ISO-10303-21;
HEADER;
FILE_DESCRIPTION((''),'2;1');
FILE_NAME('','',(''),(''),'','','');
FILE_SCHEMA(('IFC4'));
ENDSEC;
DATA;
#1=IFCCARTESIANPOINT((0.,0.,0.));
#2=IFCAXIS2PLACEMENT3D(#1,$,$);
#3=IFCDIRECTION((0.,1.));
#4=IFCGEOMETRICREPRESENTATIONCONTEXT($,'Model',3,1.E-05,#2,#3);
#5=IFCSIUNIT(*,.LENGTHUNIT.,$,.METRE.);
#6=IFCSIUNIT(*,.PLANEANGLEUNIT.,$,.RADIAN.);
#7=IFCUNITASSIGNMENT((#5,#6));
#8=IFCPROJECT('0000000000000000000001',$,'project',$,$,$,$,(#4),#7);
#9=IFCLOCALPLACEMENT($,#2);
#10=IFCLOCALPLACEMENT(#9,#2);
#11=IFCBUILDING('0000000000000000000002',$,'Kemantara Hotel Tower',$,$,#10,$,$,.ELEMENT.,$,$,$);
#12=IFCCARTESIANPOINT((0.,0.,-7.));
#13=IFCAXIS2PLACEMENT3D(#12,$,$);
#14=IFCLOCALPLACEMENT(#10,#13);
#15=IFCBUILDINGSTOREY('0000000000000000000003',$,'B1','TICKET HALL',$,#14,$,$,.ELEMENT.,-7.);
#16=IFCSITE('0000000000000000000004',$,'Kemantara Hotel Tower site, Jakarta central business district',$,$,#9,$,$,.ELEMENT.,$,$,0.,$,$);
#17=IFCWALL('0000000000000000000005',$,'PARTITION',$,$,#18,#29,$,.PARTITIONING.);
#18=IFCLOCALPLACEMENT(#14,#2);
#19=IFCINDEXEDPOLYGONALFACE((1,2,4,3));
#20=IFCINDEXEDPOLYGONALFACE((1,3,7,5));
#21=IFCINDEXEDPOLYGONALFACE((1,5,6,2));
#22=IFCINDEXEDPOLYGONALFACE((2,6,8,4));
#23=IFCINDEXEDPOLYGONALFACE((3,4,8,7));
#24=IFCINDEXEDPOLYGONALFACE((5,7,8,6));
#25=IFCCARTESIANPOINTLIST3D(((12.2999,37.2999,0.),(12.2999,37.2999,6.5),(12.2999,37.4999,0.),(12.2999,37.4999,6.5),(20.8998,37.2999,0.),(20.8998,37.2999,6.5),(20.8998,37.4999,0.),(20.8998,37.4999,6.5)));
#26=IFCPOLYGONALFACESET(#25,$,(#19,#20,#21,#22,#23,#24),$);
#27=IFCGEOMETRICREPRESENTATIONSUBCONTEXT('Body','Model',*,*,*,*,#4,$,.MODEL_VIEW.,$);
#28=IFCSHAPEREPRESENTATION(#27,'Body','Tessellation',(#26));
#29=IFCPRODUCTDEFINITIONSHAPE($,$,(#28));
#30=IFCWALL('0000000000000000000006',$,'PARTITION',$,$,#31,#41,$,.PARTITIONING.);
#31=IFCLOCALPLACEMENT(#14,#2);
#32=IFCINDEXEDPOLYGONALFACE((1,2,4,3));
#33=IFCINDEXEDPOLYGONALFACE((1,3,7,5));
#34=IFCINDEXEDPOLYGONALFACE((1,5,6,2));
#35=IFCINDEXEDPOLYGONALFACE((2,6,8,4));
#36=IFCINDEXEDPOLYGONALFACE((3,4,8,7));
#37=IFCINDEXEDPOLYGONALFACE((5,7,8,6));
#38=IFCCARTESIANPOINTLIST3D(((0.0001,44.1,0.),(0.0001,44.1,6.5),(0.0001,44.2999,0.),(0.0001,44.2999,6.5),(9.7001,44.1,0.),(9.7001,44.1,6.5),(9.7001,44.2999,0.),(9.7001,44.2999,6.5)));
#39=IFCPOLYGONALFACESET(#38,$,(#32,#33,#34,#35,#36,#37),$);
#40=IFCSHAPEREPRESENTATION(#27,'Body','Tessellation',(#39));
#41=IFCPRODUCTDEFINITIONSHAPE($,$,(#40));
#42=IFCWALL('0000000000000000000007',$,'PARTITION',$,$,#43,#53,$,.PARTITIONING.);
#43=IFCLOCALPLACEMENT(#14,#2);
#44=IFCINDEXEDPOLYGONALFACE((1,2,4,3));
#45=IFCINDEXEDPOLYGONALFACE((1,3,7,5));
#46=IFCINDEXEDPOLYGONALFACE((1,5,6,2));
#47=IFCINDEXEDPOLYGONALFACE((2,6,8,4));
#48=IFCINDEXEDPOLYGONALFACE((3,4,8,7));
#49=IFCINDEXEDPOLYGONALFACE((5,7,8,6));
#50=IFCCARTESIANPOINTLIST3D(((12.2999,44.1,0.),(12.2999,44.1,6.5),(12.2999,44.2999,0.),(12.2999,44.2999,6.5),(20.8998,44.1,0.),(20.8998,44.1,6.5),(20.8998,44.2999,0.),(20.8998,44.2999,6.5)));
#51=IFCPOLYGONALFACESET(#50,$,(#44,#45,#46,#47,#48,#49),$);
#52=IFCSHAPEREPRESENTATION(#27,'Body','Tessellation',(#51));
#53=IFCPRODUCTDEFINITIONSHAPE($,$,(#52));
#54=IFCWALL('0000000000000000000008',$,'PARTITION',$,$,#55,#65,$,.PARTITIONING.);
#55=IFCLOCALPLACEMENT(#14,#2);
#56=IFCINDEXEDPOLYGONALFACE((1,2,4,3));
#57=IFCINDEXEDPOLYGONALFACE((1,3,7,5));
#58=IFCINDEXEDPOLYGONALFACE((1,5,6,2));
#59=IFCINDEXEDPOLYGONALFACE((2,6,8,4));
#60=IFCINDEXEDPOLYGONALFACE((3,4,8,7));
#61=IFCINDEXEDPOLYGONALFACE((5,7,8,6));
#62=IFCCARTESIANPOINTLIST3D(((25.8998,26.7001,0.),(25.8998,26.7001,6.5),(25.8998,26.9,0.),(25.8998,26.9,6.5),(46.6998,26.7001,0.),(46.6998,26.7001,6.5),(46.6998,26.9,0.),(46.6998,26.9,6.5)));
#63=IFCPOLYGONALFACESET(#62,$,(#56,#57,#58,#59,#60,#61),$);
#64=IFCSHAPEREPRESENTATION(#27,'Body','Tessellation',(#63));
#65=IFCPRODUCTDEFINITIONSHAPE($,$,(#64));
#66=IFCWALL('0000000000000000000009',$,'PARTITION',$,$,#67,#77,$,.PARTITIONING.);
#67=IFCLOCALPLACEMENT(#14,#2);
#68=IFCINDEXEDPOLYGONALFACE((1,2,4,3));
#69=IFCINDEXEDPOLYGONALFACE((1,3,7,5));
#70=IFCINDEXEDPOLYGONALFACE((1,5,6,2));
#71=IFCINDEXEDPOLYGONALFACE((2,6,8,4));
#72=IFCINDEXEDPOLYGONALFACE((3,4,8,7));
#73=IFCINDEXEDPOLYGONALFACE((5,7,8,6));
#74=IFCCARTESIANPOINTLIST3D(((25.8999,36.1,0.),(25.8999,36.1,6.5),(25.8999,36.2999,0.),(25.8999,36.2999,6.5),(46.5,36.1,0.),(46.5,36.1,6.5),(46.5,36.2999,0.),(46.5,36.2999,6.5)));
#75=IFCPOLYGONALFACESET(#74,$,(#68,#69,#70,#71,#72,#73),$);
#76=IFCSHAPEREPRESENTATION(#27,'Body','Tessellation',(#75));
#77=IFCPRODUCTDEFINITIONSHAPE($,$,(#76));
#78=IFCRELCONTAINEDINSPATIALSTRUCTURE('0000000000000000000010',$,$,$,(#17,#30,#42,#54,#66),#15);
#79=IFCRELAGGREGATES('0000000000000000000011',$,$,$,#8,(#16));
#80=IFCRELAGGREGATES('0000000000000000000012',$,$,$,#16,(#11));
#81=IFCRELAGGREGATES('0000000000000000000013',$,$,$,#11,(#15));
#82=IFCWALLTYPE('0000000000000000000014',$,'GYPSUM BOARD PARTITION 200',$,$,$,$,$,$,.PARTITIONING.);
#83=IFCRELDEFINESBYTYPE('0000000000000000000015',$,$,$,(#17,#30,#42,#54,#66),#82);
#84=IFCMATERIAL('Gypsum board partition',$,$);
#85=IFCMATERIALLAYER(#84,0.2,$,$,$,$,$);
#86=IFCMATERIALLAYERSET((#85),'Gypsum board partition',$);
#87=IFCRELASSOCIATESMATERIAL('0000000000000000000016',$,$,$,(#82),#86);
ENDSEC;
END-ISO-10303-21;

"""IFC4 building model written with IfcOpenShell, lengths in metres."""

from ifc_helpers import new_model, si_unit, direction, frame, frame_2d, origin, place, context, subcontext, project, spatial, rectangle, extrude, material, layer, layer_set, type_object, element, save


model = new_model("IFC4")

# Units and contexts
model_context = context("Model", 3, precision=1e-05, world=origin(), true_north=direction((0.0, 1.0)))
body_context = subcontext(model_context, "Body", "Model", "MODEL_VIEW")
ifc_project = project(units=[si_unit("LENGTHUNIT", "METRE"), si_unit("PLANEANGLEUNIT", "RADIAN")], contexts=[model_context])

# Site, building, storey
site_placement = place(None, origin())
site = spatial("IfcSite", under=ifc_project, at=site_placement, Name="Kemantara Hotel Tower site, Jakarta central business district", CompositionType="ELEMENT", RefElevation=0.0)
building_placement = place(site_placement, origin())
building = spatial("IfcBuilding", under=site, at=building_placement, Name="Kemantara Hotel Tower", CompositionType="ELEMENT")
storey_placement = place(building_placement, frame((0.0, 0.0, -7.0)))
storey = spatial("IfcBuildingStorey", under=building, at=storey_placement, Name="B1", Description="TICKET HALL", CompositionType="ELEMENT", Elevation=-7.0)

# Walls
ifc_material_1 = material(Name="Gypsum board partition")
ifc_layer = layer(ifc_material_1, 0.2)
ifc_layer_set = layer_set([ifc_layer], Name="Gypsum board partition")
wall_type = type_object("IfcWallType", Name="GYPSUM BOARD PARTITION 200", PredefinedType="PARTITIONING", material=ifc_layer_set)
wall_1_placement = place(storey_placement, frame((12.3, 37.3999, 0.0), z_axis=(0.0, 0.0, 1.0), x_axis=(1.0, 0.0, 0.0)))
element("IfcWall", 1, at=wall_1_placement, inside=storey, type_object=wall_type, Name="PARTITION", PredefinedType="PARTITIONING", context=body_context, shape_type="SweptSolid", body=[
    extrude(rectangle(XDim=8.5999, YDim=0.2, at=frame_2d((4.2998, 0.0))), origin(), (0.0, 0.0, 1.0), 6.5),
])
wall_2_placement = place(storey_placement, frame((0.0, 44.2, 0.0), z_axis=(0.0, 0.0, 1.0), x_axis=(1.0, 0.0, 0.0)))
element("IfcWall", 2, at=wall_2_placement, inside=storey, type_object=wall_type, Name="PARTITION", PredefinedType="PARTITIONING", context=body_context, shape_type="SweptSolid", body=[
    extrude(rectangle(XDim=9.7, YDim=0.2, at=frame_2d((4.8501, 0.0))), origin(), (0.0, 0.0, 1.0), 6.5),
])
wall_3_placement = place(storey_placement, frame((12.3, 44.2, 0.0), z_axis=(0.0, 0.0, 1.0), x_axis=(1.0, 0.0, 0.0)))
element("IfcWall", 3, at=wall_3_placement, inside=storey, type_object=wall_type, Name="PARTITION", PredefinedType="PARTITIONING", context=body_context, shape_type="SweptSolid", body=[
    extrude(rectangle(XDim=8.5999, YDim=0.2, at=frame_2d((4.2998, 0.0))), origin(), (0.0, 0.0, 1.0), 6.5),
])
wall_4_placement = place(storey_placement, frame((25.8999, 26.8, 0.0), z_axis=(0.0, 0.0, 1.0), x_axis=(1.0, 0.0, 0.0)))
element("IfcWall", 4, at=wall_4_placement, inside=storey, type_object=wall_type, Name="PARTITION", PredefinedType="PARTITIONING", context=body_context, shape_type="SweptSolid", body=[
    extrude(rectangle(XDim=20.8, YDim=0.2, at=frame_2d((10.3999, 0.0))), origin(), (0.0, 0.0, 1.0), 6.5),
])
wall_5_placement = place(storey_placement, frame((25.8999, 36.2, 0.0), z_axis=(0.0, 0.0, 1.0), x_axis=(1.0, 0.0, 0.0)))
element("IfcWall", 5, at=wall_5_placement, inside=storey, type_object=wall_type, Name="PARTITION", PredefinedType="PARTITIONING", context=body_context, shape_type="SweptSolid", body=[
    extrude(rectangle(XDim=20.6001, YDim=0.2, at=frame_2d((10.3, 0.0))), origin(), (0.0, 0.0, 1.0), 6.5),
])

save(model, "model.ifc")
